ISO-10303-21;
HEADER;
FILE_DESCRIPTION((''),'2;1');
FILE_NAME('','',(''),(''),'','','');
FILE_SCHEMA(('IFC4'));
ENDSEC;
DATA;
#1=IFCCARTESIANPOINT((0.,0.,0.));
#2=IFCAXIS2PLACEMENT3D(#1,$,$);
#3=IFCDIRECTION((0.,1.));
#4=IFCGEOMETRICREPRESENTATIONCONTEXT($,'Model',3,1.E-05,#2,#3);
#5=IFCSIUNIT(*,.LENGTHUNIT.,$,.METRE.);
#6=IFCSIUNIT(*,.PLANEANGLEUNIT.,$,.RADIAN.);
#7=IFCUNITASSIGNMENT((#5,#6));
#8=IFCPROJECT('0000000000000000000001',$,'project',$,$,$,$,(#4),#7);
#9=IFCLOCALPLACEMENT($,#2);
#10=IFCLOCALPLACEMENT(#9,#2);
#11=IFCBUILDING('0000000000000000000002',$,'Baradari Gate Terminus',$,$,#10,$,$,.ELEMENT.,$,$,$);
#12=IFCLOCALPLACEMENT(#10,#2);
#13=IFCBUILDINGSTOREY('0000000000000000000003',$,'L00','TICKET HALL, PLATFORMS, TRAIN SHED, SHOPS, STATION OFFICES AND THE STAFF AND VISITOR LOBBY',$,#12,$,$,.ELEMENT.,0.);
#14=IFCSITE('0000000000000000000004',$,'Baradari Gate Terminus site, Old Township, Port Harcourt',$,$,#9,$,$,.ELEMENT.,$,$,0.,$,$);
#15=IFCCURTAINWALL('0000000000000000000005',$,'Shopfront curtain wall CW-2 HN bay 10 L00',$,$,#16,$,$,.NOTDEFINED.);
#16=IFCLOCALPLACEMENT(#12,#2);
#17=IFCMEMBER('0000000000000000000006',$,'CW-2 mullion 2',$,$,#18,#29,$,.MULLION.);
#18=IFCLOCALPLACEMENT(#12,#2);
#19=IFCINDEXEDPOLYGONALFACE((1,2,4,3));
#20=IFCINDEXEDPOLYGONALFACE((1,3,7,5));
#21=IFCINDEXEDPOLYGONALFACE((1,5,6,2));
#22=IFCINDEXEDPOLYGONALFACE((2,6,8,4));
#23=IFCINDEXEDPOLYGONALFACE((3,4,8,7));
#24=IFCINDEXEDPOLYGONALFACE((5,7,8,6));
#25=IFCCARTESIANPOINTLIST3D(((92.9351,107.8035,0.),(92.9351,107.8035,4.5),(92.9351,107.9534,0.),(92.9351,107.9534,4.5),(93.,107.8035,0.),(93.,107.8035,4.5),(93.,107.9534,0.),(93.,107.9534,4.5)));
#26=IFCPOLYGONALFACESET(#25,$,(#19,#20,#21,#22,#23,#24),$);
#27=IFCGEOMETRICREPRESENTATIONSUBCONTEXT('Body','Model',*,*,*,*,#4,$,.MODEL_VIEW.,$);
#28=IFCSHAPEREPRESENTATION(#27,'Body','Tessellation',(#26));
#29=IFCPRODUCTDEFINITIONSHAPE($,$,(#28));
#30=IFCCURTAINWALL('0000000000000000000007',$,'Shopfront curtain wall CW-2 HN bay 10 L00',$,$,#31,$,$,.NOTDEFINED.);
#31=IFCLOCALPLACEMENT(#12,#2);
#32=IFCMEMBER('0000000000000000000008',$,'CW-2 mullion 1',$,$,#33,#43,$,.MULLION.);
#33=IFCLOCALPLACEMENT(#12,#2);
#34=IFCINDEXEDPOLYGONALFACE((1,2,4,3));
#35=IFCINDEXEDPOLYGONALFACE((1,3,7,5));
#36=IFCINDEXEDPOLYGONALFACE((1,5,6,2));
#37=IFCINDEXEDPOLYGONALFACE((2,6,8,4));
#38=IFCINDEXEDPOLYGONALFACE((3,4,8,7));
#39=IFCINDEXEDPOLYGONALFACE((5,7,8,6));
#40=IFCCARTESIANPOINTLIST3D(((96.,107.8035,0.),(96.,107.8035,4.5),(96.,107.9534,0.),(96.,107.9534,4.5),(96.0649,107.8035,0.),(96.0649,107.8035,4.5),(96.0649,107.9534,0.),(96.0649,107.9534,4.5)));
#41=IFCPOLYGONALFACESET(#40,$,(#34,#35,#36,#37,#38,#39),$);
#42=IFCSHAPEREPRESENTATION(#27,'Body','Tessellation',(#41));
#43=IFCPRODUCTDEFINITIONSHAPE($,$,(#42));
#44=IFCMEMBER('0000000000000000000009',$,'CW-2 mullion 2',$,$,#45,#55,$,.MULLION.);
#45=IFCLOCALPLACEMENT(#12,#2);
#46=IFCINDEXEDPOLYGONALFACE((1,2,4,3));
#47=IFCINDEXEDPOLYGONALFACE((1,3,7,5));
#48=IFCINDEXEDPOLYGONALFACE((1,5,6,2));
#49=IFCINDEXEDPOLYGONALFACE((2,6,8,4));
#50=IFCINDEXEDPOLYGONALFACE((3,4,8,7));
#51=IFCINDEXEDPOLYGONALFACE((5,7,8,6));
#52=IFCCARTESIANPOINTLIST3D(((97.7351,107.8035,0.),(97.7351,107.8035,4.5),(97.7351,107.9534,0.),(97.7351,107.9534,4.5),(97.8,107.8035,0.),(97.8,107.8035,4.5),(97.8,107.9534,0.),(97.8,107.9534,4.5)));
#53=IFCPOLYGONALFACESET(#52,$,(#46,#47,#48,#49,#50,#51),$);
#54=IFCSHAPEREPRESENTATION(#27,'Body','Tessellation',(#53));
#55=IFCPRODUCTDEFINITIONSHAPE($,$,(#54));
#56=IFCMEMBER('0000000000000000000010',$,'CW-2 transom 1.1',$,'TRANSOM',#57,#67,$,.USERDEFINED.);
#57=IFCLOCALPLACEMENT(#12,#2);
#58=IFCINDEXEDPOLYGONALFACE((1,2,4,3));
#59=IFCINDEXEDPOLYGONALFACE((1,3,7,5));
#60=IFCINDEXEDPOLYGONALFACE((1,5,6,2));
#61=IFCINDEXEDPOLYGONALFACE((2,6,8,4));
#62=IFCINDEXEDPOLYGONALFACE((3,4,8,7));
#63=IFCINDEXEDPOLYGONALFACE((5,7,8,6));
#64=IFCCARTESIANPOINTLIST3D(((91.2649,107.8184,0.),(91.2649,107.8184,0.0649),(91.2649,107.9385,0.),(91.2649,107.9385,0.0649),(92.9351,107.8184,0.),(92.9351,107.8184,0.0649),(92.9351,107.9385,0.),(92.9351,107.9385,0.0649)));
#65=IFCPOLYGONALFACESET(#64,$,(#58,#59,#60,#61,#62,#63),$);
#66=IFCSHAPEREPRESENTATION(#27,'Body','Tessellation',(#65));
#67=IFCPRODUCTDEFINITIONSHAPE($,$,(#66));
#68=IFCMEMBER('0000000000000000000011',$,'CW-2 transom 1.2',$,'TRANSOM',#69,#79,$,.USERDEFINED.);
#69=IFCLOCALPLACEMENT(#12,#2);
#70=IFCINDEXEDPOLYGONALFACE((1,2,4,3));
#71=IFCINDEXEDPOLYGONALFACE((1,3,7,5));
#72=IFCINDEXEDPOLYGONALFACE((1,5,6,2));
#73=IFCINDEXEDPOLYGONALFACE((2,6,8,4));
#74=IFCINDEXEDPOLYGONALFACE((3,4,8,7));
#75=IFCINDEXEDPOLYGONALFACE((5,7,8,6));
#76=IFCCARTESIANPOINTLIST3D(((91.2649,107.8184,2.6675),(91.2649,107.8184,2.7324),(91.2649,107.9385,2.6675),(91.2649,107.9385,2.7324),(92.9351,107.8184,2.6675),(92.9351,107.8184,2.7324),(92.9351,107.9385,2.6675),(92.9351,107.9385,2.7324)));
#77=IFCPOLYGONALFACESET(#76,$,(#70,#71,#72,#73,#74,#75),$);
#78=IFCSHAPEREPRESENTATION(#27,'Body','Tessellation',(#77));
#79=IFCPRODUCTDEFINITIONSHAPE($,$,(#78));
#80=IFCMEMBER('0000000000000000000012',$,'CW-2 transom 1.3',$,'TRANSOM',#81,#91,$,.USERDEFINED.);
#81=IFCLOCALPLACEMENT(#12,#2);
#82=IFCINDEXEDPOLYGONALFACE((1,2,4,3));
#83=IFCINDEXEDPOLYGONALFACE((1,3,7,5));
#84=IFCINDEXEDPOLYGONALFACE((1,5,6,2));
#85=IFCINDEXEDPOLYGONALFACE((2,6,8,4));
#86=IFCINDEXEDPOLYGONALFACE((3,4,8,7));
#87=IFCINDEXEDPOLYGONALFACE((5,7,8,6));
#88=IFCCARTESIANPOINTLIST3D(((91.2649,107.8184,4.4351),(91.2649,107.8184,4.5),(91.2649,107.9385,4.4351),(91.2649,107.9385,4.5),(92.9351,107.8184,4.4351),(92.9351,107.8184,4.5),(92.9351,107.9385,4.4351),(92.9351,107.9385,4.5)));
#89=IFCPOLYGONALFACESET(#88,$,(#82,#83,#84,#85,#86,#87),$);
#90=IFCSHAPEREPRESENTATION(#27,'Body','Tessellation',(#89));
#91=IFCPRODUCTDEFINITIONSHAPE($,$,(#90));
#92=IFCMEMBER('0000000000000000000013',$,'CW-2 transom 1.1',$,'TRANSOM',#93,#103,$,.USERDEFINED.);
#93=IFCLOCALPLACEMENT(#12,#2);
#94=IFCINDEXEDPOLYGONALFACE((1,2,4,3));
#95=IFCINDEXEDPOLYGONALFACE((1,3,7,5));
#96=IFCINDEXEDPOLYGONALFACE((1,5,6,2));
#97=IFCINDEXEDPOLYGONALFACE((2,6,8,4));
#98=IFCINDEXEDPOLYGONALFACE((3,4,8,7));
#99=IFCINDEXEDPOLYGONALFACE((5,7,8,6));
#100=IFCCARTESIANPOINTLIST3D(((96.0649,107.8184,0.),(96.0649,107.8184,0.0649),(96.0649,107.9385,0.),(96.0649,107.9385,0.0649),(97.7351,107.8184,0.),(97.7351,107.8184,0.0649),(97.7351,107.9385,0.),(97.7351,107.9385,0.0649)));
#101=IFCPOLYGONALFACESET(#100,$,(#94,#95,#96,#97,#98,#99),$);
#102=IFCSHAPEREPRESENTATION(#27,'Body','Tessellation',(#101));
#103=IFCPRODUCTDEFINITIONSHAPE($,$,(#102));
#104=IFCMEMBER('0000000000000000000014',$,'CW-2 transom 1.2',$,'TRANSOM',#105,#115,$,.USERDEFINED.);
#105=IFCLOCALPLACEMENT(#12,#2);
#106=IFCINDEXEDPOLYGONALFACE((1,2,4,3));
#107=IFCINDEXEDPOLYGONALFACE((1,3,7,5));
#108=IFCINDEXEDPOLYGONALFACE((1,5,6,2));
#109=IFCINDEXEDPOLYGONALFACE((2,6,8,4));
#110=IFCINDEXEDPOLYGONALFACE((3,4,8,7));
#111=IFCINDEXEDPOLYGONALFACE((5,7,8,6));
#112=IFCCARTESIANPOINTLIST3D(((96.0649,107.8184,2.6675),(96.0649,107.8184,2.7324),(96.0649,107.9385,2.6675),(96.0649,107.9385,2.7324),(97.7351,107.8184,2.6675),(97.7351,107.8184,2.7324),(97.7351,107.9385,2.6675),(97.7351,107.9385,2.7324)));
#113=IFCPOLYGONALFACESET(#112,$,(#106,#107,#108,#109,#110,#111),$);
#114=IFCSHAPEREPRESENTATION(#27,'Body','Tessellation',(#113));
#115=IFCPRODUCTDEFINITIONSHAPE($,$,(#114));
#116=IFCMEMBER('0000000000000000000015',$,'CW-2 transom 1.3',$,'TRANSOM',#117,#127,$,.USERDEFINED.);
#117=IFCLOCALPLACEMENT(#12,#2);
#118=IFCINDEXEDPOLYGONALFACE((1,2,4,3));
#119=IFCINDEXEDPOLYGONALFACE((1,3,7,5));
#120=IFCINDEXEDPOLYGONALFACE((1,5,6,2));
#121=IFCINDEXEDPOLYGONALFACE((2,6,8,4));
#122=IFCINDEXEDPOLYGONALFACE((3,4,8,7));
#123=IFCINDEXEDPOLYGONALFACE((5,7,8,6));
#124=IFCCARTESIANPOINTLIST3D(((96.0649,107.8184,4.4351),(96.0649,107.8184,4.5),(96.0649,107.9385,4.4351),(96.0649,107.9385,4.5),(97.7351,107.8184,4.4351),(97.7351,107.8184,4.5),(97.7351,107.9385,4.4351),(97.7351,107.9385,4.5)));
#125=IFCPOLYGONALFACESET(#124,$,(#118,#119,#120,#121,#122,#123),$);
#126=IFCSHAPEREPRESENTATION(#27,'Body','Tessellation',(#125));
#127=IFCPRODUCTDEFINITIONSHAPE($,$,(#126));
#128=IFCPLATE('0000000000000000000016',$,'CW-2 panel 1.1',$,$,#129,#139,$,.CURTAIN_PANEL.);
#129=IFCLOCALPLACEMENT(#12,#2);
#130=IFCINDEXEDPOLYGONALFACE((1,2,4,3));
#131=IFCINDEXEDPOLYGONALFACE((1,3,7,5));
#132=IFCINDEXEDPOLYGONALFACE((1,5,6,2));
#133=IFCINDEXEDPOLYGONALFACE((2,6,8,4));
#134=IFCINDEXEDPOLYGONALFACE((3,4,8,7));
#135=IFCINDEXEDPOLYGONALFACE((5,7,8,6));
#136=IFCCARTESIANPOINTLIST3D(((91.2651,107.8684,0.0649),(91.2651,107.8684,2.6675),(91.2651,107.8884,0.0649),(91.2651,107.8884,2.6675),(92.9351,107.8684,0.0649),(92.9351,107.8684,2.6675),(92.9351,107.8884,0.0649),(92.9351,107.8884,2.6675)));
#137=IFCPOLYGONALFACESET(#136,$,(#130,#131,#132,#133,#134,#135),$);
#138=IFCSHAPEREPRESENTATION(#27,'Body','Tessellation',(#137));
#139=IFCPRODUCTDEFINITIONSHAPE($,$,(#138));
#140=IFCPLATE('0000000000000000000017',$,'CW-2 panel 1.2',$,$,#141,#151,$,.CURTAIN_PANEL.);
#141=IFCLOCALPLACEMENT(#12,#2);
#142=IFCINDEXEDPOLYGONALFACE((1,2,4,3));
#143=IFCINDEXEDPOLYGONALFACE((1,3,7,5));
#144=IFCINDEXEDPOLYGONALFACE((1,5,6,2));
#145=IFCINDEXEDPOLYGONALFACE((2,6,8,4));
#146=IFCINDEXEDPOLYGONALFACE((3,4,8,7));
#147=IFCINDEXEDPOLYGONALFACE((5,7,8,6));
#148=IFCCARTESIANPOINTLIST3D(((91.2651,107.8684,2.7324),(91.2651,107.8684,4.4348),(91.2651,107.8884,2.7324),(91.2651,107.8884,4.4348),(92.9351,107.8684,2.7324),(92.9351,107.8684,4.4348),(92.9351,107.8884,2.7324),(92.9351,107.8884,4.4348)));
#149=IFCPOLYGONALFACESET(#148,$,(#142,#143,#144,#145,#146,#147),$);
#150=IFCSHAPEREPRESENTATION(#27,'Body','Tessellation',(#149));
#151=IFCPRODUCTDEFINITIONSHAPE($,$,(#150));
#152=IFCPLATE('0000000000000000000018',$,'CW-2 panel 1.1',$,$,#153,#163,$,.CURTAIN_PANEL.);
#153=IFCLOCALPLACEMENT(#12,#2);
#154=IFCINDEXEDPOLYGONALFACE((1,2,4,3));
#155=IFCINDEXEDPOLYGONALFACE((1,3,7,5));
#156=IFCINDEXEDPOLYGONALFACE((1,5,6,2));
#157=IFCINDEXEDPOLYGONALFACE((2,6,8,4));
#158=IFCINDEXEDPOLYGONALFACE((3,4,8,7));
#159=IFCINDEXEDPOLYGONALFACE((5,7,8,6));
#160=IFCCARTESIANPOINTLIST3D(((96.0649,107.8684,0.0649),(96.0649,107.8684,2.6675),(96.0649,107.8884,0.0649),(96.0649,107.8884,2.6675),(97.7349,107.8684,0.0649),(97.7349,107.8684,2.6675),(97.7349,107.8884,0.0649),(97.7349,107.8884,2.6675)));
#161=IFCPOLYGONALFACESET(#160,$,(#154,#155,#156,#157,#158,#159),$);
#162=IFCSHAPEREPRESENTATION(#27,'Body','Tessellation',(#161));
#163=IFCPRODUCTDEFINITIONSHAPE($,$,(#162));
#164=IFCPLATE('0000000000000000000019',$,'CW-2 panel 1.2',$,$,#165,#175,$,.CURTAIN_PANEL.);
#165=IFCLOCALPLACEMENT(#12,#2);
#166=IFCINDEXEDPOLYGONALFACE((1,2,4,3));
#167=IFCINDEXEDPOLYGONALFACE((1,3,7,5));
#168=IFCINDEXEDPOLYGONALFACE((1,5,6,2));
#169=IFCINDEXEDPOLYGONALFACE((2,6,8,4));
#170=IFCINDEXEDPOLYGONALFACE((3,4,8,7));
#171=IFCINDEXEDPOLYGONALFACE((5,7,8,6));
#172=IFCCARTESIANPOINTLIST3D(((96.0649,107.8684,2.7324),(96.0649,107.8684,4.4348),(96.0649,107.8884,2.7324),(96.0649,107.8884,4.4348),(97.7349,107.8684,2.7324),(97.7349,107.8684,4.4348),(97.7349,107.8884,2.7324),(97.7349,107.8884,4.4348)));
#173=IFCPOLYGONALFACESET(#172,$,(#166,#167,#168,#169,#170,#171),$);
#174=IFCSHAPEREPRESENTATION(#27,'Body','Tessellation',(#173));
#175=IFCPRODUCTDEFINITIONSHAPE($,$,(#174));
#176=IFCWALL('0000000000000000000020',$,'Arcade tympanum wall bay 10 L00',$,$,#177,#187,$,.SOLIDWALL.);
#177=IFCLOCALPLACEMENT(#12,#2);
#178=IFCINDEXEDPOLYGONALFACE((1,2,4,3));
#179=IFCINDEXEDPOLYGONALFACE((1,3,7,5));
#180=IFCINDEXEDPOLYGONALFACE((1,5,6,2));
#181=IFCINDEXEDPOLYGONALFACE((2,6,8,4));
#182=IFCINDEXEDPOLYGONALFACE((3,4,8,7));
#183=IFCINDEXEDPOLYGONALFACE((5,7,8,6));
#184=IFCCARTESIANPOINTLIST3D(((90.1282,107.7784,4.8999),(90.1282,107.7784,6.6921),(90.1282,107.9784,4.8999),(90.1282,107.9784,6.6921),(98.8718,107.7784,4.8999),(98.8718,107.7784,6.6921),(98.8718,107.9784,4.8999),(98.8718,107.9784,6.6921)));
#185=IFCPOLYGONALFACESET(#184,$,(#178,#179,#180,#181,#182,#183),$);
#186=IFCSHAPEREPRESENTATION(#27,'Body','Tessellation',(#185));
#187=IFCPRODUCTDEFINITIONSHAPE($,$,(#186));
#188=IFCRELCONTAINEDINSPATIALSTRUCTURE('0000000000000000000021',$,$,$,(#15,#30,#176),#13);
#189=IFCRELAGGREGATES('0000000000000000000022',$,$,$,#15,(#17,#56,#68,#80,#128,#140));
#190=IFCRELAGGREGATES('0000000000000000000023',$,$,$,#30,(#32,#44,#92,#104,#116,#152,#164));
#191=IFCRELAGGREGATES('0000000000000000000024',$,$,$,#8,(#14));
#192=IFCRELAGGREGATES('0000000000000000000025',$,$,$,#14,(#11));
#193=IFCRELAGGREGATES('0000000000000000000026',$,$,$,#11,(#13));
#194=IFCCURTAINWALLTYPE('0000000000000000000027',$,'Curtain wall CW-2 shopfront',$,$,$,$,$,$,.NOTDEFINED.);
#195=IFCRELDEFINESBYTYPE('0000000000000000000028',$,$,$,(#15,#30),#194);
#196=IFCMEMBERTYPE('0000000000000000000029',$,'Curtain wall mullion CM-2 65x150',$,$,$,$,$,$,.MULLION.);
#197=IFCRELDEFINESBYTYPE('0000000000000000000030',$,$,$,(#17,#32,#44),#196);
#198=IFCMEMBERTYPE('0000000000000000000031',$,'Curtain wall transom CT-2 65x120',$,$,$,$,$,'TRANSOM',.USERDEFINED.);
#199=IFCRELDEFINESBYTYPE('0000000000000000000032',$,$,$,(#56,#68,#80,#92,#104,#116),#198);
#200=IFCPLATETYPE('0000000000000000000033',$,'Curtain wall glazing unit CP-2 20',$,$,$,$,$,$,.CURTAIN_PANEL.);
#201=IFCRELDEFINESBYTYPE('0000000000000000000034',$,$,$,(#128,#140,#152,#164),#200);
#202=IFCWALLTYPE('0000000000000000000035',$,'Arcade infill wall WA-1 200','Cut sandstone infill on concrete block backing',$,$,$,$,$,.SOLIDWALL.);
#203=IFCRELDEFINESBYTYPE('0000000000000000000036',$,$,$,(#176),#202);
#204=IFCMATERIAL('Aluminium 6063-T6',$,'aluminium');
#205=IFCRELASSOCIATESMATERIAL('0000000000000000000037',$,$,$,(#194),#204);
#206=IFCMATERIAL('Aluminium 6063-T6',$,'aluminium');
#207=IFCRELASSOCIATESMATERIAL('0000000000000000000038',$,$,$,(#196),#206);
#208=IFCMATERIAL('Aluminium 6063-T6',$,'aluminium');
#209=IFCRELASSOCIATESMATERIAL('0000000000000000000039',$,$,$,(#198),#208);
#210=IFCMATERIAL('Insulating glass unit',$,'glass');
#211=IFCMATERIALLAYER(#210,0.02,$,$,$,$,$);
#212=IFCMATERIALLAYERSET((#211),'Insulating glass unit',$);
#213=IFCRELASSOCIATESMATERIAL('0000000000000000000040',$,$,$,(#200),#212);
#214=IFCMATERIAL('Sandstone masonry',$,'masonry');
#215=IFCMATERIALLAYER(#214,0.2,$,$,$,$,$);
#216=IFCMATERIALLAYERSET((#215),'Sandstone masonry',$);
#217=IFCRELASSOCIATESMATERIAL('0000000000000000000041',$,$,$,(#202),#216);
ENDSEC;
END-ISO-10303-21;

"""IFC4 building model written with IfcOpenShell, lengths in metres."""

from ifc_helpers import new_model, si_unit, direction, frame, frame_2d, origin, origin_2d, place, context, subcontext, project, spatial, rectangle, extrude, material, layer, layer_set, material_profile, profile_set, type_object, element, aggregate, save


model = new_model("IFC4")

# Units and contexts
model_context = context("Model", 3, precision=1e-05, world=origin(), true_north=direction((0.0, 1.0)))
body_context = subcontext(model_context, "Body", "Model", "MODEL_VIEW")
ifc_project = project(units=[si_unit("LENGTHUNIT", "METRE"), si_unit("PLANEANGLEUNIT", "RADIAN")], contexts=[model_context])

# Site, building, storey
site_placement = place(None, origin())
site = spatial("IfcSite", under=ifc_project, at=site_placement, Name="Baradari Gate Terminus site, Old Township, Port Harcourt", CompositionType="ELEMENT", RefElevation=0.0)
building_placement = place(site_placement, origin())
building = spatial("IfcBuilding", under=site, at=building_placement, Name="Baradari Gate Terminus", CompositionType="ELEMENT")
storey_placement = place(building_placement, origin())
storey = spatial("IfcBuildingStorey", under=building, at=storey_placement, Name="L00", Description="TICKET HALL, PLATFORMS, TRAIN SHED, SHOPS, STATION OFFICES AND THE STAFF AND VISITOR LOBBY", CompositionType="ELEMENT", Elevation=0.0)

# Curtain walls, members
ifc_material_1 = material(Name="Aluminium 6063-T6", Category="aluminium")
curtain_wall_type = type_object("IfcCurtainWallType", Name="Curtain wall CW-2 shopfront", PredefinedType="NOTDEFINED", material=ifc_material_1)
curtain_wall_1_placement = place(storey_placement, origin())
curtain_wall_1 = element("IfcCurtainWall", 1, at=curtain_wall_1_placement, inside=storey, type_object=curtain_wall_type, Name="Shopfront curtain wall CW-2 HN bay 10 L00", PredefinedType="NOTDEFINED")
ifc_material_2 = material(Name="Aluminium 6063-T6", Category="aluminium")
ifc_material_profile_1 = material_profile(ifc_material_2, rectangle(XDim=0.1499, YDim=0.0649, at=origin_2d()), Name="CM-2 65X150")
ifc_profile_set_1 = profile_set([ifc_material_profile_1], Name="Aluminium 6063-T6")
member_type_1 = type_object("IfcMemberType", Name="Curtain wall mullion CM-2 65x150", PredefinedType="MULLION", material=ifc_profile_set_1)
member_1_placement = place(storey_placement, frame((92.9675, 107.8784, 0.0), z_axis=(0.0, 0.0, 1.0), x_axis=(0.0, 1.0, 0.0)))
member_1 = element("IfcMember", 2, at=member_1_placement, type_object=member_type_1, Name="CW-2 mullion 2", PredefinedType="MULLION", context=body_context, shape_type="SweptSolid", body=[
    extrude(rectangle(XDim=0.1499, YDim=0.0649, at=origin_2d()), origin(), (0.0, 0.0, 1.0), 4.5),
])
curtain_wall_2_placement = place(storey_placement, origin())
curtain_wall_2 = element("IfcCurtainWall", 3, at=curtain_wall_2_placement, inside=storey, type_object=curtain_wall_type, Name="Shopfront curtain wall CW-2 HN bay 10 L00", PredefinedType="NOTDEFINED")
member_2_placement = place(storey_placement, frame((96.0325, 107.8784, 0.0), z_axis=(0.0, 0.0, 1.0), x_axis=(0.0, 1.0, 0.0)))
member_2 = element("IfcMember", 4, at=member_2_placement, type_object=member_type_1, Name="CW-2 mullion 1", PredefinedType="MULLION", context=body_context, shape_type="SweptSolid", body=[
    extrude(rectangle(XDim=0.1499, YDim=0.0649, at=origin_2d()), origin(), (0.0, 0.0, 1.0), 4.5),
])
member_3_placement = place(storey_placement, frame((97.7676, 107.8784, 0.0), z_axis=(0.0, 0.0, 1.0), x_axis=(0.0, 1.0, 0.0)))
member_3 = element("IfcMember", 5, at=member_3_placement, type_object=member_type_1, Name="CW-2 mullion 2", PredefinedType="MULLION", context=body_context, shape_type="SweptSolid", body=[
    extrude(rectangle(XDim=0.1499, YDim=0.0649, at=origin_2d()), origin(), (0.0, 0.0, 1.0), 4.5),
])

# Members
ifc_material_3 = material(Name="Aluminium 6063-T6", Category="aluminium")
ifc_material_profile_2 = material_profile(ifc_material_3, rectangle(XDim=0.1201, YDim=0.0649, at=origin_2d()), Name="CT-2 65X120")
ifc_profile_set_2 = profile_set([ifc_material_profile_2], Name="Aluminium 6063-T6")
member_type_2 = type_object("IfcMemberType", Name="Curtain wall transom CT-2 65x120", ElementType="TRANSOM", PredefinedType="USERDEFINED", material=ifc_profile_set_2)
member_4_placement = place(storey_placement, frame((91.2649, 107.8784, 0.0325), z_axis=(1.0, 0.0, 0.0), x_axis=(0.0, 1.0, 0.0)))
member_4 = element("IfcMember", 6, at=member_4_placement, type_object=member_type_2, Name="CW-2 transom 1.1", ObjectType="TRANSOM", PredefinedType="USERDEFINED", context=body_context, shape_type="SweptSolid", body=[
    extrude(rectangle(XDim=0.1201, YDim=0.0649, at=origin_2d()), origin(), (0.0, 0.0, 1.0), 1.6702),
])
member_5_placement = place(storey_placement, frame((91.2649, 107.8784, 2.7), z_axis=(1.0, 0.0, 0.0), x_axis=(0.0, 1.0, 0.0)))
member_5 = element("IfcMember", 7, at=member_5_placement, type_object=member_type_2, Name="CW-2 transom 1.2", ObjectType="TRANSOM", PredefinedType="USERDEFINED", context=body_context, shape_type="SweptSolid", body=[
    extrude(rectangle(XDim=0.1201, YDim=0.0649, at=origin_2d()), origin(), (0.0, 0.0, 1.0), 1.6702),
])
member_6_placement = place(storey_placement, frame((91.2649, 107.8784, 4.4675), z_axis=(1.0, 0.0, 0.0), x_axis=(0.0, 1.0, 0.0)))
member_6 = element("IfcMember", 8, at=member_6_placement, type_object=member_type_2, Name="CW-2 transom 1.3", ObjectType="TRANSOM", PredefinedType="USERDEFINED", context=body_context, shape_type="SweptSolid", body=[
    extrude(rectangle(XDim=0.1201, YDim=0.0649, at=origin_2d()), origin(), (0.0, 0.0, 1.0), 1.6702),
])
member_7_placement = place(storey_placement, frame((96.0649, 107.8784, 0.0325), z_axis=(1.0, 0.0, 0.0), x_axis=(0.0, 1.0, 0.0)))
member_7 = element("IfcMember", 9, at=member_7_placement, type_object=member_type_2, Name="CW-2 transom 1.1", ObjectType="TRANSOM", PredefinedType="USERDEFINED", context=body_context, shape_type="SweptSolid", body=[
    extrude(rectangle(XDim=0.1201, YDim=0.0649, at=origin_2d()), origin(), (0.0, 0.0, 1.0), 1.6702),
])
member_8_placement = place(storey_placement, frame((96.0649, 107.8784, 2.7), z_axis=(1.0, 0.0, 0.0), x_axis=(0.0, 1.0, 0.0)))
member_8 = element("IfcMember", 10, at=member_8_placement, type_object=member_type_2, Name="CW-2 transom 1.2", ObjectType="TRANSOM", PredefinedType="USERDEFINED", context=body_context, shape_type="SweptSolid", body=[
    extrude(rectangle(XDim=0.1201, YDim=0.0649, at=origin_2d()), origin(), (0.0, 0.0, 1.0), 1.6702),
])
member_9_placement = place(storey_placement, frame((96.0649, 107.8784, 4.4675), z_axis=(1.0, 0.0, 0.0), x_axis=(0.0, 1.0, 0.0)))
member_9 = element("IfcMember", 11, at=member_9_placement, type_object=member_type_2, Name="CW-2 transom 1.3", ObjectType="TRANSOM", PredefinedType="USERDEFINED", context=body_context, shape_type="SweptSolid", body=[
    extrude(rectangle(XDim=0.1201, YDim=0.0649, at=origin_2d()), origin(), (0.0, 0.0, 1.0), 1.6702),
])

# Plates
ifc_material_4 = material(Name="Insulating glass unit", Category="glass")
ifc_layer_1 = layer(ifc_material_4, 0.02)
ifc_layer_set_1 = layer_set([ifc_layer_1], Name="Insulating glass unit")
plate_type = type_object("IfcPlateType", Name="Curtain wall glazing unit CP-2 20", PredefinedType="CURTAIN_PANEL", material=ifc_layer_set_1)
plate_1_placement = place(storey_placement, frame((92.1001, 107.8784, 0.0649), z_axis=(0.0, 0.0, 1.0), x_axis=(1.0, 0.0, 0.0)))
plate_1 = element("IfcPlate", 12, at=plate_1_placement, type_object=plate_type, Name="CW-2 panel 1.1", PredefinedType="CURTAIN_PANEL", context=body_context, shape_type="SweptSolid", body=[
    extrude(rectangle(XDim=1.6699, YDim=0.02, at=origin_2d()), origin(), (0.0, 0.0, 1.0), 2.6025),
])
plate_2_placement = place(storey_placement, frame((92.1001, 107.8784, 2.7324), z_axis=(0.0, 0.0, 1.0), x_axis=(1.0, 0.0, 0.0)))
plate_2 = element("IfcPlate", 13, at=plate_2_placement, type_object=plate_type, Name="CW-2 panel 1.2", PredefinedType="CURTAIN_PANEL", context=body_context, shape_type="SweptSolid", body=[
    extrude(rectangle(XDim=1.6699, YDim=0.02, at=origin_2d()), origin(), (0.0, 0.0, 1.0), 1.7024),
])
aggregate(curtain_wall_1, [member_1, member_4, member_5, member_6, plate_1, plate_2])
plate_3_placement = place(storey_placement, frame((96.8999, 107.8784, 0.0649), z_axis=(0.0, 0.0, 1.0), x_axis=(1.0, 0.0, 0.0)))
plate_3 = element("IfcPlate", 14, at=plate_3_placement, type_object=plate_type, Name="CW-2 panel 1.1", PredefinedType="CURTAIN_PANEL", context=body_context, shape_type="SweptSolid", body=[
    extrude(rectangle(XDim=1.6699, YDim=0.02, at=origin_2d()), origin(), (0.0, 0.0, 1.0), 2.6025),
])
plate_4_placement = place(storey_placement, frame((96.8999, 107.8784, 2.7324), z_axis=(0.0, 0.0, 1.0), x_axis=(1.0, 0.0, 0.0)))
plate_4 = element("IfcPlate", 15, at=plate_4_placement, type_object=plate_type, Name="CW-2 panel 1.2", PredefinedType="CURTAIN_PANEL", context=body_context, shape_type="SweptSolid", body=[
    extrude(rectangle(XDim=1.6699, YDim=0.02, at=origin_2d()), origin(), (0.0, 0.0, 1.0), 1.7024),
])
aggregate(curtain_wall_2, [member_2, member_3, member_7, member_8, member_9, plate_3, plate_4])

# Wall
ifc_material_5 = material(Name="Sandstone masonry", Category="masonry")
ifc_layer_2 = layer(ifc_material_5, 0.2)
ifc_layer_set_2 = layer_set([ifc_layer_2], Name="Sandstone masonry")
wall_type_1 = type_object("IfcWallType", Name="Arcade infill wall WA-1 200", Description="Cut sandstone infill on concrete block backing", PredefinedType="SOLIDWALL", material=ifc_layer_set_2)
wall_1_placement = place(storey_placement, frame((90.1282, 107.8784, 4.8999), z_axis=(0.0, 0.0, 1.0), x_axis=(1.0, 0.0, 0.0)))
element("IfcWall", 16, at=wall_1_placement, inside=storey, type_object=wall_type_1, Name="Arcade tympanum wall bay 10 L00", PredefinedType="SOLIDWALL", context=body_context, shape_type="SweptSolid", body=[
    extrude(rectangle(XDim=8.7437, YDim=0.2, at=frame_2d((4.3718, 0.0))), origin(), (0.0, 0.0, 1.0), 1.7922),
])

save(model, "model.ifc")
